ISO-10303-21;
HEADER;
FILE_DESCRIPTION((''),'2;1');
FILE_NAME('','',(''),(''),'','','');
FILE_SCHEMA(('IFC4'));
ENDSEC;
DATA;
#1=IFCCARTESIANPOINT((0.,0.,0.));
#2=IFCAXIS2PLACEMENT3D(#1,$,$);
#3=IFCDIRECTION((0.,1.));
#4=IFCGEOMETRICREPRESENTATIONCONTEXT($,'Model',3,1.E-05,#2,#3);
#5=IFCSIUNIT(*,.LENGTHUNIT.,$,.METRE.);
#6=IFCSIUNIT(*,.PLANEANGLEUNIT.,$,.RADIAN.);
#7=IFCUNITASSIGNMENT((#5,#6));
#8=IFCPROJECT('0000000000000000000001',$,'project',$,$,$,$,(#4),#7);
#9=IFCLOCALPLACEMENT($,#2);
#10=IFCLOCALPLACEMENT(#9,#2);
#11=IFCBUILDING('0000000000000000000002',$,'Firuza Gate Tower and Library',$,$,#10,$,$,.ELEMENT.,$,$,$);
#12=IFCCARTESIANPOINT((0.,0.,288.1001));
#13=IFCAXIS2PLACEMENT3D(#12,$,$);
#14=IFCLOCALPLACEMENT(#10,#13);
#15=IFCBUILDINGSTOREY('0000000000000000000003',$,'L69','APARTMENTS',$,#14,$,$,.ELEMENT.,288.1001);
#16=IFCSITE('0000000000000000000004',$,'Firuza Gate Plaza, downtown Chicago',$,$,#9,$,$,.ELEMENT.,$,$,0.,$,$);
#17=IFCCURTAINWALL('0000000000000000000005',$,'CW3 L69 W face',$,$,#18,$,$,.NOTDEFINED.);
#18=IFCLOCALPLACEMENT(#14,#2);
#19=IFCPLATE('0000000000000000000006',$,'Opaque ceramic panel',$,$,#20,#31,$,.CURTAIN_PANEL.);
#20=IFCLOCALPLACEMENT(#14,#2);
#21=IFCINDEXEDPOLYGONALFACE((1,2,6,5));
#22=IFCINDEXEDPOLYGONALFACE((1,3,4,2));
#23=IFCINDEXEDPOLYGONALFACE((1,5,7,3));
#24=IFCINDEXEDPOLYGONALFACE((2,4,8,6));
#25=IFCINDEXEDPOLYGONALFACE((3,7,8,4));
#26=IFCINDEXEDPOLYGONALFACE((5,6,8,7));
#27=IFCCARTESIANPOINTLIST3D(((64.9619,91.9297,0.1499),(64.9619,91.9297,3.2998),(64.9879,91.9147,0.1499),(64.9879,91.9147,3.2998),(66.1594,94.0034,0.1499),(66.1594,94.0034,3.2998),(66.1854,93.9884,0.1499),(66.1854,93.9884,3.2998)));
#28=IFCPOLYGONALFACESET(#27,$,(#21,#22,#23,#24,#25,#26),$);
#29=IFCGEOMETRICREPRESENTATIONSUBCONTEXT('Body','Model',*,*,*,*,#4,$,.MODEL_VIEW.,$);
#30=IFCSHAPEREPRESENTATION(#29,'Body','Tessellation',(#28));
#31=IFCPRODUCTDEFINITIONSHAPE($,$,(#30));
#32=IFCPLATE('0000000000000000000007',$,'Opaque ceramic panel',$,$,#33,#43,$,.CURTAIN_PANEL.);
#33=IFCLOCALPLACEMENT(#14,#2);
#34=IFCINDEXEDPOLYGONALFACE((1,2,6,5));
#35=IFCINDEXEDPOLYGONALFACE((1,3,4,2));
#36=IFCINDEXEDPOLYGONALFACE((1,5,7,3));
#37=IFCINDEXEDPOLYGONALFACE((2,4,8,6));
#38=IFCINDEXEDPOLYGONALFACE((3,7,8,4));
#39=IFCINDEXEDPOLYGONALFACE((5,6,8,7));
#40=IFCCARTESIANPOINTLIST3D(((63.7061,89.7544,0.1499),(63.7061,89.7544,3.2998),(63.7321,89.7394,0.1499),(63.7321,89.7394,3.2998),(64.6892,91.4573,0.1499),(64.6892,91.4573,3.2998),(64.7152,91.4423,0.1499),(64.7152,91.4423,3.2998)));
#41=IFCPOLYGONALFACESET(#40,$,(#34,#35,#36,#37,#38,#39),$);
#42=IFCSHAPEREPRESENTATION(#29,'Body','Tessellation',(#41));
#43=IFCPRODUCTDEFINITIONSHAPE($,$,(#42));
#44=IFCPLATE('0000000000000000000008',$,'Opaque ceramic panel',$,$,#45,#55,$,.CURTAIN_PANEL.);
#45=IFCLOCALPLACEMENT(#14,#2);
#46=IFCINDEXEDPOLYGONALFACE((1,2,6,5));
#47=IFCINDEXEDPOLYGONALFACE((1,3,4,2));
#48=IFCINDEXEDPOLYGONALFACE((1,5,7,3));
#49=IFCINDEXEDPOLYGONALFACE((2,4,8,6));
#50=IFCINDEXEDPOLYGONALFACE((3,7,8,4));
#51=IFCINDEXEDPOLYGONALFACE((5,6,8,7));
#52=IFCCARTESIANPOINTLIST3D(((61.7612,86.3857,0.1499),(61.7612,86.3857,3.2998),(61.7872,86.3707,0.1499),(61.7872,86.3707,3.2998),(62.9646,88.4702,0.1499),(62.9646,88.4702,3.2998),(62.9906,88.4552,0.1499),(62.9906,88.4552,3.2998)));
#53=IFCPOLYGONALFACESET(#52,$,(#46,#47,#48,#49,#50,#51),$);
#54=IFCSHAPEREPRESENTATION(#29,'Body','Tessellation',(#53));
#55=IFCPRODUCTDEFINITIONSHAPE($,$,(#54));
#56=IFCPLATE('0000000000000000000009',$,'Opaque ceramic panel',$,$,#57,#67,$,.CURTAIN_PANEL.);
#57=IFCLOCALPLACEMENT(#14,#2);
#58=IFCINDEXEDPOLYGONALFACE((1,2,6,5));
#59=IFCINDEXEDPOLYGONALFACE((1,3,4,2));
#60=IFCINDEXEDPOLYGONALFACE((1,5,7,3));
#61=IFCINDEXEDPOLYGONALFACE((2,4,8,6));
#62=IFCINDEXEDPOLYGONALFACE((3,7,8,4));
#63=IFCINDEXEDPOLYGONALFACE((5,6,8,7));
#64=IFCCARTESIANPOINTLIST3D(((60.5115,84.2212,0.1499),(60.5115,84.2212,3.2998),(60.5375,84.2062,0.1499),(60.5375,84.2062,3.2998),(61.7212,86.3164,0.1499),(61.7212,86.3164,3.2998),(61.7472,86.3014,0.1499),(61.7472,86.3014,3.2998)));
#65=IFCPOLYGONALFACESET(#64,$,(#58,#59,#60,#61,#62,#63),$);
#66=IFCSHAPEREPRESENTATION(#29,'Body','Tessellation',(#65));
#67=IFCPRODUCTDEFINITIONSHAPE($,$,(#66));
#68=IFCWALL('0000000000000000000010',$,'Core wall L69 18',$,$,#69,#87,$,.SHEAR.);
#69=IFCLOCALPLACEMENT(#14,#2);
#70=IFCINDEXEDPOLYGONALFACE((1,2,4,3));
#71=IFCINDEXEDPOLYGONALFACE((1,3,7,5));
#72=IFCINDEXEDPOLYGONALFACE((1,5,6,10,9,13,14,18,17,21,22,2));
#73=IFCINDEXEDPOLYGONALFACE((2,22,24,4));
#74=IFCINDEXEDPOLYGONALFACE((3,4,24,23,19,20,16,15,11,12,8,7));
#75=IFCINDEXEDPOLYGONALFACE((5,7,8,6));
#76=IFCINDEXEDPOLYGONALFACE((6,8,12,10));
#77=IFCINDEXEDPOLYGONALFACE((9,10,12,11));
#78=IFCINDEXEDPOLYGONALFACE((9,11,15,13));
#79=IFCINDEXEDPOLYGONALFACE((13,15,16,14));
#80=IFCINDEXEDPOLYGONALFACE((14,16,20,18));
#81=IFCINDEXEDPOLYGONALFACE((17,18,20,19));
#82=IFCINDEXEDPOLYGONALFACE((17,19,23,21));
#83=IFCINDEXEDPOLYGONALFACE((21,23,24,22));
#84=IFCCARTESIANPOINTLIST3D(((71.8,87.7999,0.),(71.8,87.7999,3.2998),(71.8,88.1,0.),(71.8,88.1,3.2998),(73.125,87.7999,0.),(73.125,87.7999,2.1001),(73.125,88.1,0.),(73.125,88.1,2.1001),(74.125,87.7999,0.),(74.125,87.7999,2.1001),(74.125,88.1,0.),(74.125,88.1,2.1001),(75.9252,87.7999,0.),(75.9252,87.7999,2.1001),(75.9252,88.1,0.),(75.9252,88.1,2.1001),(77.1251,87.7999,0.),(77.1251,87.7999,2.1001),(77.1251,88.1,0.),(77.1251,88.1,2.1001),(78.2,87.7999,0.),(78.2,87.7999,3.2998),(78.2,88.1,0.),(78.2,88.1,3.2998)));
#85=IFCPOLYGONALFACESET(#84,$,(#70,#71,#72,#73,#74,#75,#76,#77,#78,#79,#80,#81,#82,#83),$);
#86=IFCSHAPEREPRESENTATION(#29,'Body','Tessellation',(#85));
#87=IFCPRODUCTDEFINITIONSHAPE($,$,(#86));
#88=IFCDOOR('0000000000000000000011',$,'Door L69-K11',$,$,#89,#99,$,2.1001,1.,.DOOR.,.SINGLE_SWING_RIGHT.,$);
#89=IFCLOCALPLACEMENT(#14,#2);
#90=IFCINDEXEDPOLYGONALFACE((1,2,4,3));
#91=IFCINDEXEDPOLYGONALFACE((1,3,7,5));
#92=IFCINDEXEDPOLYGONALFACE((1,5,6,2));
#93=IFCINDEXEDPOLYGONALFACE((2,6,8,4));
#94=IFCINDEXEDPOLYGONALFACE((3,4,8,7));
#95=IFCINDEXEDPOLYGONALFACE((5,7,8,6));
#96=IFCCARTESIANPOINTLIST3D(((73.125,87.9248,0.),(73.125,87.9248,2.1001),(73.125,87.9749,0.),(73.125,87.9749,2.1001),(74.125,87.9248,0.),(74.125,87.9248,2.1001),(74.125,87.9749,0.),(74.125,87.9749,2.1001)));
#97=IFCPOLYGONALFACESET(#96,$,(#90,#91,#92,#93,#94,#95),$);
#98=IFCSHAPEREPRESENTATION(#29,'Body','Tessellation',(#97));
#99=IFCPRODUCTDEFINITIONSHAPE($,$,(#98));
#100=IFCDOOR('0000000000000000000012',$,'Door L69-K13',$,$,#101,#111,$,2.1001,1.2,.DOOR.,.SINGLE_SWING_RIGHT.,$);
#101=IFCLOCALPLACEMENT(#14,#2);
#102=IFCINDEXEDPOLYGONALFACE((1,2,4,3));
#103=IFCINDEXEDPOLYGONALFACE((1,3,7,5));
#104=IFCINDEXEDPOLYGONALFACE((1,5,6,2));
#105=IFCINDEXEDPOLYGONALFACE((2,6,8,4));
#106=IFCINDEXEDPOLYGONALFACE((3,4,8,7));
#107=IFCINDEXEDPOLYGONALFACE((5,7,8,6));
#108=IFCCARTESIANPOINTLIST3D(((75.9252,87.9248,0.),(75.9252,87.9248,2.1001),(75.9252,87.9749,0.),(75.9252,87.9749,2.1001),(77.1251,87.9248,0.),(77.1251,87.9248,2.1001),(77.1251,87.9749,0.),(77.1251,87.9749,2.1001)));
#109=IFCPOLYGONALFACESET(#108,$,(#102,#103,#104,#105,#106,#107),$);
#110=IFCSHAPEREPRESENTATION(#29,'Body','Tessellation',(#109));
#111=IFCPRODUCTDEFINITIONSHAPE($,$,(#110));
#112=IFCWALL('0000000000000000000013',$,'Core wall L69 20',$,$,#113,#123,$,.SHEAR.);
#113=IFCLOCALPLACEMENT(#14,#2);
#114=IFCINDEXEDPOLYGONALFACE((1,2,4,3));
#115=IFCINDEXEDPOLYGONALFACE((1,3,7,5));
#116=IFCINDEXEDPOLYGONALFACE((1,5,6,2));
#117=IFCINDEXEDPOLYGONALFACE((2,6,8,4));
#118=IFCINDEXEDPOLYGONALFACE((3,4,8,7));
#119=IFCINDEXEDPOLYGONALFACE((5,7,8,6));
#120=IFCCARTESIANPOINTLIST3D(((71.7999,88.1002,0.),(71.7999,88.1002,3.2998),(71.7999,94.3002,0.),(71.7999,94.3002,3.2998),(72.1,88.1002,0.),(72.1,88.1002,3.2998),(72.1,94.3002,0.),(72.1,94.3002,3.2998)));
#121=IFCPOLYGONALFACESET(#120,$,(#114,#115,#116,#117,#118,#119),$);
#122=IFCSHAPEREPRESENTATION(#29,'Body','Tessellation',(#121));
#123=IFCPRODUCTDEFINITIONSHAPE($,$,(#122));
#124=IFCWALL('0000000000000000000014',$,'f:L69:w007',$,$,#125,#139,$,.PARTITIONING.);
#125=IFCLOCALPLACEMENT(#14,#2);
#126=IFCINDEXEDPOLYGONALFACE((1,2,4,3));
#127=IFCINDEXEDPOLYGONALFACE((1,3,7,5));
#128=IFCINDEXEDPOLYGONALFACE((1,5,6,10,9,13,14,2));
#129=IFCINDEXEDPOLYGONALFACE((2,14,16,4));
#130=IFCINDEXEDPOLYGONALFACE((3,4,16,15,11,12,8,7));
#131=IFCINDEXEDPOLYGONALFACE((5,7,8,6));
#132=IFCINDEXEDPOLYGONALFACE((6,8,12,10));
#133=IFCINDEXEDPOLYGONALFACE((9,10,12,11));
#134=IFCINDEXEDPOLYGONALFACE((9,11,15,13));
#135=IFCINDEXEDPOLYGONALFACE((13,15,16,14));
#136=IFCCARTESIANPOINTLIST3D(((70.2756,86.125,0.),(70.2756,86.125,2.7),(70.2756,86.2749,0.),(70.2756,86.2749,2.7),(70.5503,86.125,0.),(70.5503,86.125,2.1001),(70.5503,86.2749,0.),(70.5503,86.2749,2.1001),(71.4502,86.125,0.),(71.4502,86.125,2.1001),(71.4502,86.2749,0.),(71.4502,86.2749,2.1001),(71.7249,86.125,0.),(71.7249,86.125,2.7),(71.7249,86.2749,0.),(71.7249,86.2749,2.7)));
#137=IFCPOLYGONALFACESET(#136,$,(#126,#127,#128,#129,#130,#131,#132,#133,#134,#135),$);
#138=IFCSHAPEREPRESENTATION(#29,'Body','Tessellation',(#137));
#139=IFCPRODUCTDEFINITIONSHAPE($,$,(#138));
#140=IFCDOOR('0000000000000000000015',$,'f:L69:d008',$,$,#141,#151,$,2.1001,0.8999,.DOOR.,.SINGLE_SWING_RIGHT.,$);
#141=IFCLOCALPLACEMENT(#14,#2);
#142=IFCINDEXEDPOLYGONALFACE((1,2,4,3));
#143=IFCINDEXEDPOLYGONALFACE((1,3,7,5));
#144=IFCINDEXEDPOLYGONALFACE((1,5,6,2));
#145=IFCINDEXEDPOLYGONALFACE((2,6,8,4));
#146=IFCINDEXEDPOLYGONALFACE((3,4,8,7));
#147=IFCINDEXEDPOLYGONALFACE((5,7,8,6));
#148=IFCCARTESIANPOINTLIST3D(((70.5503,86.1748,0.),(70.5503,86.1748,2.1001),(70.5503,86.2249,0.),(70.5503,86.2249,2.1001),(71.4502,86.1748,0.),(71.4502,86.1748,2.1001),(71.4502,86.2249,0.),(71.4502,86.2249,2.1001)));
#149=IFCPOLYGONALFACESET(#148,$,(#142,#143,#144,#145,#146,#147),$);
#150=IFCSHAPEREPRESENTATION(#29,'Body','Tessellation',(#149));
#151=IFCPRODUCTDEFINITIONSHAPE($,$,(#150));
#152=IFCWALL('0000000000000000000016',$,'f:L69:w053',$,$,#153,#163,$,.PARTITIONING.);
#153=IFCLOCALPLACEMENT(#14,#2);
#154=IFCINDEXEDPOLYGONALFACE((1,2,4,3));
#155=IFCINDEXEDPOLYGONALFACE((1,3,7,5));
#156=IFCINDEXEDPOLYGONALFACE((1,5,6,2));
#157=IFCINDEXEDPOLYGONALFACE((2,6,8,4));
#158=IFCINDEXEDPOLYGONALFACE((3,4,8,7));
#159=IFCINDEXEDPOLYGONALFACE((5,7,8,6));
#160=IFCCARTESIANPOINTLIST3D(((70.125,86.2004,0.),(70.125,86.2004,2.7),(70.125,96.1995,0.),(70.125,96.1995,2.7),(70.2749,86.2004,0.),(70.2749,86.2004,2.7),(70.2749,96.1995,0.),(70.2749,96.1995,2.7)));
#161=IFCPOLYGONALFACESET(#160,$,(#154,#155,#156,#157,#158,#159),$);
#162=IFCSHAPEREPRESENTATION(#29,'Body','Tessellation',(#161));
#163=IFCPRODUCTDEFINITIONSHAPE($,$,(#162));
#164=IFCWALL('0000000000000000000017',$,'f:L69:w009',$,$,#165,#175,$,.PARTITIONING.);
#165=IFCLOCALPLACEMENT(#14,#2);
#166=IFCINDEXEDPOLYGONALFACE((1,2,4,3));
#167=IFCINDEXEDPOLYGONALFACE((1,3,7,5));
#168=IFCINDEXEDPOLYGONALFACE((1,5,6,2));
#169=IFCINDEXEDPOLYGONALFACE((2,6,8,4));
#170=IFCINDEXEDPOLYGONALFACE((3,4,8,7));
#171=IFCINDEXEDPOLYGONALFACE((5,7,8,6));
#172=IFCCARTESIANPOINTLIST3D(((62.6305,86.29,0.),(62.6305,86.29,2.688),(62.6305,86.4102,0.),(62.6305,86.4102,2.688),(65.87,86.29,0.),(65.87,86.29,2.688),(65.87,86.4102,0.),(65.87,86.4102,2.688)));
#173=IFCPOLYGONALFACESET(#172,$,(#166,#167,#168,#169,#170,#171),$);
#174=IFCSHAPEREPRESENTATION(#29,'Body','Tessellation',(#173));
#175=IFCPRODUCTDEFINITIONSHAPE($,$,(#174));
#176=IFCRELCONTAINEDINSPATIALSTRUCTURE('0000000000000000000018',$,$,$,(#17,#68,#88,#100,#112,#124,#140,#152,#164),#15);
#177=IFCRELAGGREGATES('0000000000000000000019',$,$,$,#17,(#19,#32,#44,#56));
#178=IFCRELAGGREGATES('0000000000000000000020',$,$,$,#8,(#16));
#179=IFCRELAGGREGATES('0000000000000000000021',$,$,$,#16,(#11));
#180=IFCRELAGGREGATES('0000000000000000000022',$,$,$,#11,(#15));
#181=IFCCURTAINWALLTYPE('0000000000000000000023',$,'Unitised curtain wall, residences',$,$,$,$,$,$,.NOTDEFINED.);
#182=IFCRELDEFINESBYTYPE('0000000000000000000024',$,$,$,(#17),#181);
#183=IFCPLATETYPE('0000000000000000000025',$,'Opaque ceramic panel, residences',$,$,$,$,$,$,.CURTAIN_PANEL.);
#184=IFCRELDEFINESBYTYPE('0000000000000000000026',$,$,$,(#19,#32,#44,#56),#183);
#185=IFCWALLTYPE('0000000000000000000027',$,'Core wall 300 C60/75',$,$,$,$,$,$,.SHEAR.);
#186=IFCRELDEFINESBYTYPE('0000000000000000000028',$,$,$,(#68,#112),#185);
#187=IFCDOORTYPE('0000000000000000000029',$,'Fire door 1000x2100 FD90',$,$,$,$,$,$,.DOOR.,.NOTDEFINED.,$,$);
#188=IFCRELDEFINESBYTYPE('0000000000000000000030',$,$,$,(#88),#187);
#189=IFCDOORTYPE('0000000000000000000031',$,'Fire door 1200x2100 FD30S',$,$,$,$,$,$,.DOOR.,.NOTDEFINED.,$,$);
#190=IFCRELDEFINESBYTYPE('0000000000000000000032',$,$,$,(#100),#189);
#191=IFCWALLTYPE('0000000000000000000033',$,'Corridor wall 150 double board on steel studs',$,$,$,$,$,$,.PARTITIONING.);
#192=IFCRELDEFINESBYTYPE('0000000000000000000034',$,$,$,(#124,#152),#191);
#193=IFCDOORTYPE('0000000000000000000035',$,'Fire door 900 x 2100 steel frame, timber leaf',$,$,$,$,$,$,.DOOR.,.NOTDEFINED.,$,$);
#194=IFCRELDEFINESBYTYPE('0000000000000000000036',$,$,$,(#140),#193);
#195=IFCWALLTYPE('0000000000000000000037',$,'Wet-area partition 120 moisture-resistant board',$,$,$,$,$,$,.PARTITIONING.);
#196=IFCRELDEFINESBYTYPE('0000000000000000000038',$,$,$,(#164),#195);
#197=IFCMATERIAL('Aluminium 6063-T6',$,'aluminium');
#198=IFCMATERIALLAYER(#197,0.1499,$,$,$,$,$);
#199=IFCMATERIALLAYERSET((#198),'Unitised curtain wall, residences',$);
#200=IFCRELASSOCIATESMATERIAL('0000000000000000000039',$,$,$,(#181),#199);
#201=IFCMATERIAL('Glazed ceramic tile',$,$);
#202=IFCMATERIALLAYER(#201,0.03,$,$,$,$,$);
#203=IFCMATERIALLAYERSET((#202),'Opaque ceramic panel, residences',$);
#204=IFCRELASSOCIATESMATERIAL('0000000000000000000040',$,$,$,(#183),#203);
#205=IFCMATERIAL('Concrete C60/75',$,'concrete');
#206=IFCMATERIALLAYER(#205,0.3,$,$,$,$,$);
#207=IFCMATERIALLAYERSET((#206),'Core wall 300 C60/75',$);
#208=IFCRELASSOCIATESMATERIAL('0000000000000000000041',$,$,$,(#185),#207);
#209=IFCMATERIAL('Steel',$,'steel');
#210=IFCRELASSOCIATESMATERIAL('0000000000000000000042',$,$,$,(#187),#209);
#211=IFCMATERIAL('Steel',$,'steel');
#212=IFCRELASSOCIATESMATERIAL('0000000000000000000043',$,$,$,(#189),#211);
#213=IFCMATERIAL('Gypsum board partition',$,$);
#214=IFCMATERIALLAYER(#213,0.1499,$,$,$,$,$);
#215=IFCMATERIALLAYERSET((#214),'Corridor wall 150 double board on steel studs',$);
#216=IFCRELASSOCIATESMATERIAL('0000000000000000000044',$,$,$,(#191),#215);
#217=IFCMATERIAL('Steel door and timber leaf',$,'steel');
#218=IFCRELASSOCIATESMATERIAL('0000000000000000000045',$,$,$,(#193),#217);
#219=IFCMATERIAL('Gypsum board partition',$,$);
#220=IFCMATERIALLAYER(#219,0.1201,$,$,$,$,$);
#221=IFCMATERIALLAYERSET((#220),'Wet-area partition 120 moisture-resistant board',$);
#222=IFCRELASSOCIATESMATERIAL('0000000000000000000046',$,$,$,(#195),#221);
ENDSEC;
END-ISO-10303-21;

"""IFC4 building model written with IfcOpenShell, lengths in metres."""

from ifc_helpers import new_model, si_unit, direction, frame, frame_2d, origin, place, context, subcontext, project, spatial, polyline, rectangle, outline, extrude, material, layer, layer_set, type_object, element, fill, aggregate, save


model = new_model("IFC4")

# Units and contexts
model_context = context("Model", 3, precision=1e-05, world=origin(), true_north=direction((0.0, 1.0)))
body_context = subcontext(model_context, "Body", "Model", "MODEL_VIEW")
ifc_project = project(units=[si_unit("LENGTHUNIT", "METRE"), si_unit("PLANEANGLEUNIT", "RADIAN")], contexts=[model_context])

# Site, building, storey
site_placement = place(None, origin())
site = spatial("IfcSite", under=ifc_project, at=site_placement, Name="Firuza Gate Plaza, downtown Chicago", CompositionType="ELEMENT", RefElevation=0.0)
building_placement = place(site_placement, origin())
building = spatial("IfcBuilding", under=site, at=building_placement, Name="Firuza Gate Tower and Library", CompositionType="ELEMENT")
storey_placement = place(building_placement, frame((0.0, 0.0, 288.1001)))
storey = spatial("IfcBuildingStorey", under=building, at=storey_placement, Name="L69", Description="APARTMENTS", CompositionType="ELEMENT", Elevation=288.1001)

# Curtain wall
ifc_material_1 = material(Name="Aluminium 6063-T6", Category="aluminium")
ifc_layer_1 = layer(ifc_material_1, 0.1499)
ifc_layer_set_1 = layer_set([ifc_layer_1], Name="Unitised curtain wall, residences")
curtain_wall_type = type_object("IfcCurtainWallType", Name="Unitised curtain wall, residences", PredefinedType="NOTDEFINED", material=ifc_layer_set_1)
placement = place(storey_placement, origin())
curtain_wall = element("IfcCurtainWall", 1, at=placement, inside=storey, type_object=curtain_wall_type, Name="CW3 L69 W face", PredefinedType="NOTDEFINED")

# Plates
ifc_material_2 = material(Name="Glazed ceramic tile")
ifc_layer_2 = layer(ifc_material_2, 0.03)
ifc_layer_set_2 = layer_set([ifc_layer_2], Name="Opaque ceramic panel, residences")
plate_type_1 = type_object("IfcPlateType", Name="Opaque ceramic panel, residences", PredefinedType="CURTAIN_PANEL", material=ifc_layer_set_2)
plate_1_placement = place(storey_placement, frame((66.1594, 94.0034, 0.1499), z_axis=(-0.865982, 0.500075, 0.0), x_axis=(-0.500075, -0.865982, 0.0)))
plate_1 = element("IfcPlate", 2, at=plate_1_placement, type_object=plate_type_1, Name="Opaque ceramic panel", PredefinedType="CURTAIN_PANEL", context=body_context, shape_type="SweptSolid", body=[
    extrude(outline(polyline([(0.0, 0.0), (2.3947, 0.0), (2.3947, 3.1499), (0.0, 3.1499), (0.0, 0.0)])), origin(), (0.0, 0.0, -1.0), 0.03),
])
plate_2_placement = place(storey_placement, frame((64.6892, 91.4573, 0.1499), z_axis=(-0.866026, 0.499998, 0.0), x_axis=(-0.499998, -0.866026, 0.0)))
plate_2 = element("IfcPlate", 3, at=plate_2_placement, type_object=plate_type_1, Name="Opaque ceramic panel", PredefinedType="CURTAIN_PANEL", context=body_context, shape_type="SweptSolid", body=[
    extrude(outline(polyline([(0.0, 0.0), (1.9663, 0.0), (1.9663, 3.1499), (0.0, 3.1499), (0.0, 0.0)])), origin(), (0.0, 0.0, -1.0), 0.03),
])
plate_3_placement = place(storey_placement, frame((62.9646, 88.4702, 0.1499), z_axis=(-0.866044, 0.499968, 0.0), x_axis=(-0.499968, -0.866044, 0.0)))
plate_3 = element("IfcPlate", 4, at=plate_3_placement, type_object=plate_type_1, Name="Opaque ceramic panel", PredefinedType="CURTAIN_PANEL", context=body_context, shape_type="SweptSolid", body=[
    extrude(outline(polyline([(0.0, 0.0), (2.4069, 0.0), (2.4069, 3.1499), (0.0, 3.1499), (0.0, 0.0)])), origin(), (0.0, 0.0, -1.0), 0.03),
])
plate_4_placement = place(storey_placement, frame((61.7212, 86.3164, 0.1499), z_axis=(-0.866018, 0.500014, 0.0), x_axis=(-0.500014, -0.866018, 0.0)))
plate_4 = element("IfcPlate", 5, at=plate_4_placement, type_object=plate_type_1, Name="Opaque ceramic panel", PredefinedType="CURTAIN_PANEL", context=body_context, shape_type="SweptSolid", body=[
    extrude(outline(polyline([(0.0, 0.0), (2.4194, 0.0), (2.4194, 3.1499), (0.0, 3.1499), (0.0, 0.0)])), origin(), (0.0, 0.0, -1.0), 0.03),
])
aggregate(curtain_wall, [plate_1, plate_2, plate_3, plate_4])

# Wall, openings, doors
ifc_material_3 = material(Name="Concrete C60/75", Category="concrete")
ifc_layer_3 = layer(ifc_material_3, 0.3)
ifc_layer_set_3 = layer_set([ifc_layer_3], Name="Core wall 300 C60/75")
wall_type_1 = type_object("IfcWallType", Name="Core wall 300 C60/75", PredefinedType="SHEAR", material=ifc_layer_set_3)
wall_1_placement = place(storey_placement, frame((71.8, 87.95, 0.0), z_axis=(0.0, 0.0, 1.0), x_axis=(1.0, 0.0, 0.0)))
wall_1 = element("IfcWall", 6, at=wall_1_placement, inside=storey, type_object=wall_type_1, Name="Core wall L69 18", PredefinedType="SHEAR", context=body_context, shape_type="SweptSolid", body=[
    extrude(rectangle(XDim=6.3999, YDim=0.3, at=frame_2d((3.2, 0.0))), origin(), (0.0, 0.0, 1.0), 3.2998),
])
opening_1_placement = place(wall_1_placement, frame((1.325, 0.0, 0.0)))
opening_1 = element("IfcOpeningElement", 7, at=opening_1_placement, cuts=wall_1, PredefinedType="OPENING", context=body_context, shape_type="SweptSolid", body=[
    extrude(rectangle(XDim=1.0, YDim=2.1001, at=frame_2d((0.5, 1.05))), frame((0.0, 0.1602, 0.0), z_axis=(0.0, -1.0, 0.0), x_axis=(1.0, 0.0, 0.0)), (0.0, 0.0, 1.0), 0.3201),
])
opening_2_placement = place(wall_1_placement, frame((4.125, 0.0, 0.0)))
opening_2 = element("IfcOpeningElement", 8, at=opening_2_placement, cuts=wall_1, PredefinedType="OPENING", context=body_context, shape_type="SweptSolid", body=[
    extrude(rectangle(XDim=1.2, YDim=2.1001, at=frame_2d((0.6001, 1.05))), frame((0.0, 0.1602, 0.0), z_axis=(0.0, -1.0, 0.0), x_axis=(1.0, 0.0, 0.0)), (0.0, 0.0, 1.0), 0.3201),
])
ifc_material_4 = material(Name="Steel", Category="steel")
door_type_1 = type_object("IfcDoorType", Name="Fire door 1000x2100 FD90", OperationType="NOTDEFINED", PredefinedType="DOOR", material=ifc_material_4)
door_1_placement = place(opening_1_placement, origin())
door_1 = element("IfcDoor", 9, at=door_1_placement, inside=storey, type_object=door_type_1, Name="Door L69-K11", OperationType="SINGLE_SWING_RIGHT", OverallHeight=2.1001, OverallWidth=1.0, PredefinedType="DOOR", context=body_context, shape_type="SweptSolid", body=[
    extrude(rectangle(XDim=1.0, YDim=2.1001, at=frame_2d((0.5, 1.05))), frame((0.0, 0.0249, 0.0), z_axis=(0.0, -1.0, 0.0), x_axis=(1.0, 0.0, 0.0)), (0.0, 0.0, 1.0), 0.05),
])
fill(opening_1, door_1)
ifc_material_5 = material(Name="Steel", Category="steel")
door_type_2 = type_object("IfcDoorType", Name="Fire door 1200x2100 FD30S", OperationType="NOTDEFINED", PredefinedType="DOOR", material=ifc_material_5)
door_2_placement = place(opening_2_placement, origin())
door_2 = element("IfcDoor", 10, at=door_2_placement, inside=storey, type_object=door_type_2, Name="Door L69-K13", OperationType="SINGLE_SWING_RIGHT", OverallHeight=2.1001, OverallWidth=1.2, PredefinedType="DOOR", context=body_context, shape_type="SweptSolid", body=[
    extrude(rectangle(XDim=1.2, YDim=2.1001, at=frame_2d((0.6001, 1.05))), frame((0.0, 0.0249, 0.0), z_axis=(0.0, -1.0, 0.0), x_axis=(1.0, 0.0, 0.0)), (0.0, 0.0, 1.0), 0.05),
])
fill(opening_2, door_2)

# Wall
wall_2_placement = place(storey_placement, frame((71.95, 88.1001, 0.0), z_axis=(0.0, 0.0, 1.0), x_axis=(0.0, 1.0, 0.0)))
element("IfcWall", 11, at=wall_2_placement, inside=storey, type_object=wall_type_1, Name="Core wall L69 20", PredefinedType="SHEAR", context=body_context, shape_type="SweptSolid", body=[
    extrude(rectangle(XDim=6.2, YDim=0.3, at=frame_2d((3.1001, 0.0))), origin(), (0.0, 0.0, 1.0), 3.2998),
])

# Wall, opening, door
ifc_material_6 = material(Name="Gypsum board partition")
ifc_layer_4 = layer(ifc_material_6, 0.1499)
ifc_layer_set_4 = layer_set([ifc_layer_4], Name="Corridor wall 150 double board on steel studs")
wall_type_2 = type_object("IfcWallType", Name="Corridor wall 150 double board on steel studs", PredefinedType="PARTITIONING", material=ifc_layer_set_4)
wall_3_placement = place(storey_placement, frame((70.2756, 86.2, 0.0), z_axis=(0.0, 0.0, 1.0), x_axis=(1.0, 0.0, 0.0)))
wall_3 = element("IfcWall", 12, at=wall_3_placement, inside=storey, type_object=wall_type_2, Name="f:L69:w007", PredefinedType="PARTITIONING", context=body_context, shape_type="SweptSolid", body=[
    extrude(rectangle(XDim=1.4492, YDim=0.1499, at=frame_2d((0.7246, 0.0))), origin(), (0.0, 0.0, 1.0), 2.7),
])
opening_3_placement = place(wall_3_placement, frame((0.2747, 0.0, 0.0)))
opening_3 = element("IfcOpeningElement", 13, at=opening_3_placement, cuts=wall_3, PredefinedType="OPENING", context=body_context, shape_type="SweptSolid", body=[
    extrude(rectangle(XDim=0.8999, YDim=2.1001, at=frame_2d((0.45, 1.05))), frame((0.0, 0.085, 0.0), z_axis=(0.0, -1.0, 0.0), x_axis=(1.0, 0.0, 0.0)), (0.0, 0.0, 1.0), 0.1699),
])
ifc_material_7 = material(Name="Steel door and timber leaf", Category="steel")
door_type_3 = type_object("IfcDoorType", Name="Fire door 900 x 2100 steel frame, timber leaf", OperationType="NOTDEFINED", PredefinedType="DOOR", material=ifc_material_7)
door_3_placement = place(opening_3_placement, origin())
door_3 = element("IfcDoor", 14, at=door_3_placement, inside=storey, type_object=door_type_3, Name="f:L69:d008", OperationType="SINGLE_SWING_RIGHT", OverallHeight=2.1001, OverallWidth=0.8999, PredefinedType="DOOR", context=body_context, shape_type="SweptSolid", body=[
    extrude(rectangle(XDim=0.8999, YDim=2.1001, at=frame_2d((0.45, 1.05))), frame((0.0, 0.0249, 0.0), z_axis=(0.0, -1.0, 0.0), x_axis=(1.0, 0.0, 0.0)), (0.0, 0.0, 1.0), 0.05),
])
fill(opening_3, door_3)

# Walls
wall_4_placement = place(storey_placement, frame((70.2, 86.2004, 0.0), z_axis=(0.0, 0.0, 1.0), x_axis=(0.0, 1.0, 0.0)))
element("IfcWall", 15, at=wall_4_placement, inside=storey, type_object=wall_type_2, Name="f:L69:w053", PredefinedType="PARTITIONING", context=body_context, shape_type="SweptSolid", body=[
    extrude(rectangle(XDim=9.999, YDim=0.1499, at=frame_2d((4.9995, 0.0))), origin(), (0.0, 0.0, 1.0), 2.7),
])
ifc_material_8 = material(Name="Gypsum board partition")
ifc_layer_5 = layer(ifc_material_8, 0.1201)
ifc_layer_set_5 = layer_set([ifc_layer_5], Name="Wet-area partition 120 moisture-resistant board")
wall_type_3 = type_object("IfcWallType", Name="Wet-area partition 120 moisture-resistant board", PredefinedType="PARTITIONING", material=ifc_layer_set_5)
wall_5_placement = place(storey_placement, frame((62.6306, 86.3501, 0.0), z_axis=(0.0, 0.0, 1.0), x_axis=(1.0, 0.0, 0.0)))
element("IfcWall", 16, at=wall_5_placement, inside=storey, type_object=wall_type_3, Name="f:L69:w009", PredefinedType="PARTITIONING", context=body_context, shape_type="SweptSolid", body=[
    extrude(rectangle(XDim=3.2395, YDim=0.1201, at=frame_2d((1.6196, 0.0))), origin(), (0.0, 0.0, 1.0), 2.688),
])

save(model, "model.ifc")
